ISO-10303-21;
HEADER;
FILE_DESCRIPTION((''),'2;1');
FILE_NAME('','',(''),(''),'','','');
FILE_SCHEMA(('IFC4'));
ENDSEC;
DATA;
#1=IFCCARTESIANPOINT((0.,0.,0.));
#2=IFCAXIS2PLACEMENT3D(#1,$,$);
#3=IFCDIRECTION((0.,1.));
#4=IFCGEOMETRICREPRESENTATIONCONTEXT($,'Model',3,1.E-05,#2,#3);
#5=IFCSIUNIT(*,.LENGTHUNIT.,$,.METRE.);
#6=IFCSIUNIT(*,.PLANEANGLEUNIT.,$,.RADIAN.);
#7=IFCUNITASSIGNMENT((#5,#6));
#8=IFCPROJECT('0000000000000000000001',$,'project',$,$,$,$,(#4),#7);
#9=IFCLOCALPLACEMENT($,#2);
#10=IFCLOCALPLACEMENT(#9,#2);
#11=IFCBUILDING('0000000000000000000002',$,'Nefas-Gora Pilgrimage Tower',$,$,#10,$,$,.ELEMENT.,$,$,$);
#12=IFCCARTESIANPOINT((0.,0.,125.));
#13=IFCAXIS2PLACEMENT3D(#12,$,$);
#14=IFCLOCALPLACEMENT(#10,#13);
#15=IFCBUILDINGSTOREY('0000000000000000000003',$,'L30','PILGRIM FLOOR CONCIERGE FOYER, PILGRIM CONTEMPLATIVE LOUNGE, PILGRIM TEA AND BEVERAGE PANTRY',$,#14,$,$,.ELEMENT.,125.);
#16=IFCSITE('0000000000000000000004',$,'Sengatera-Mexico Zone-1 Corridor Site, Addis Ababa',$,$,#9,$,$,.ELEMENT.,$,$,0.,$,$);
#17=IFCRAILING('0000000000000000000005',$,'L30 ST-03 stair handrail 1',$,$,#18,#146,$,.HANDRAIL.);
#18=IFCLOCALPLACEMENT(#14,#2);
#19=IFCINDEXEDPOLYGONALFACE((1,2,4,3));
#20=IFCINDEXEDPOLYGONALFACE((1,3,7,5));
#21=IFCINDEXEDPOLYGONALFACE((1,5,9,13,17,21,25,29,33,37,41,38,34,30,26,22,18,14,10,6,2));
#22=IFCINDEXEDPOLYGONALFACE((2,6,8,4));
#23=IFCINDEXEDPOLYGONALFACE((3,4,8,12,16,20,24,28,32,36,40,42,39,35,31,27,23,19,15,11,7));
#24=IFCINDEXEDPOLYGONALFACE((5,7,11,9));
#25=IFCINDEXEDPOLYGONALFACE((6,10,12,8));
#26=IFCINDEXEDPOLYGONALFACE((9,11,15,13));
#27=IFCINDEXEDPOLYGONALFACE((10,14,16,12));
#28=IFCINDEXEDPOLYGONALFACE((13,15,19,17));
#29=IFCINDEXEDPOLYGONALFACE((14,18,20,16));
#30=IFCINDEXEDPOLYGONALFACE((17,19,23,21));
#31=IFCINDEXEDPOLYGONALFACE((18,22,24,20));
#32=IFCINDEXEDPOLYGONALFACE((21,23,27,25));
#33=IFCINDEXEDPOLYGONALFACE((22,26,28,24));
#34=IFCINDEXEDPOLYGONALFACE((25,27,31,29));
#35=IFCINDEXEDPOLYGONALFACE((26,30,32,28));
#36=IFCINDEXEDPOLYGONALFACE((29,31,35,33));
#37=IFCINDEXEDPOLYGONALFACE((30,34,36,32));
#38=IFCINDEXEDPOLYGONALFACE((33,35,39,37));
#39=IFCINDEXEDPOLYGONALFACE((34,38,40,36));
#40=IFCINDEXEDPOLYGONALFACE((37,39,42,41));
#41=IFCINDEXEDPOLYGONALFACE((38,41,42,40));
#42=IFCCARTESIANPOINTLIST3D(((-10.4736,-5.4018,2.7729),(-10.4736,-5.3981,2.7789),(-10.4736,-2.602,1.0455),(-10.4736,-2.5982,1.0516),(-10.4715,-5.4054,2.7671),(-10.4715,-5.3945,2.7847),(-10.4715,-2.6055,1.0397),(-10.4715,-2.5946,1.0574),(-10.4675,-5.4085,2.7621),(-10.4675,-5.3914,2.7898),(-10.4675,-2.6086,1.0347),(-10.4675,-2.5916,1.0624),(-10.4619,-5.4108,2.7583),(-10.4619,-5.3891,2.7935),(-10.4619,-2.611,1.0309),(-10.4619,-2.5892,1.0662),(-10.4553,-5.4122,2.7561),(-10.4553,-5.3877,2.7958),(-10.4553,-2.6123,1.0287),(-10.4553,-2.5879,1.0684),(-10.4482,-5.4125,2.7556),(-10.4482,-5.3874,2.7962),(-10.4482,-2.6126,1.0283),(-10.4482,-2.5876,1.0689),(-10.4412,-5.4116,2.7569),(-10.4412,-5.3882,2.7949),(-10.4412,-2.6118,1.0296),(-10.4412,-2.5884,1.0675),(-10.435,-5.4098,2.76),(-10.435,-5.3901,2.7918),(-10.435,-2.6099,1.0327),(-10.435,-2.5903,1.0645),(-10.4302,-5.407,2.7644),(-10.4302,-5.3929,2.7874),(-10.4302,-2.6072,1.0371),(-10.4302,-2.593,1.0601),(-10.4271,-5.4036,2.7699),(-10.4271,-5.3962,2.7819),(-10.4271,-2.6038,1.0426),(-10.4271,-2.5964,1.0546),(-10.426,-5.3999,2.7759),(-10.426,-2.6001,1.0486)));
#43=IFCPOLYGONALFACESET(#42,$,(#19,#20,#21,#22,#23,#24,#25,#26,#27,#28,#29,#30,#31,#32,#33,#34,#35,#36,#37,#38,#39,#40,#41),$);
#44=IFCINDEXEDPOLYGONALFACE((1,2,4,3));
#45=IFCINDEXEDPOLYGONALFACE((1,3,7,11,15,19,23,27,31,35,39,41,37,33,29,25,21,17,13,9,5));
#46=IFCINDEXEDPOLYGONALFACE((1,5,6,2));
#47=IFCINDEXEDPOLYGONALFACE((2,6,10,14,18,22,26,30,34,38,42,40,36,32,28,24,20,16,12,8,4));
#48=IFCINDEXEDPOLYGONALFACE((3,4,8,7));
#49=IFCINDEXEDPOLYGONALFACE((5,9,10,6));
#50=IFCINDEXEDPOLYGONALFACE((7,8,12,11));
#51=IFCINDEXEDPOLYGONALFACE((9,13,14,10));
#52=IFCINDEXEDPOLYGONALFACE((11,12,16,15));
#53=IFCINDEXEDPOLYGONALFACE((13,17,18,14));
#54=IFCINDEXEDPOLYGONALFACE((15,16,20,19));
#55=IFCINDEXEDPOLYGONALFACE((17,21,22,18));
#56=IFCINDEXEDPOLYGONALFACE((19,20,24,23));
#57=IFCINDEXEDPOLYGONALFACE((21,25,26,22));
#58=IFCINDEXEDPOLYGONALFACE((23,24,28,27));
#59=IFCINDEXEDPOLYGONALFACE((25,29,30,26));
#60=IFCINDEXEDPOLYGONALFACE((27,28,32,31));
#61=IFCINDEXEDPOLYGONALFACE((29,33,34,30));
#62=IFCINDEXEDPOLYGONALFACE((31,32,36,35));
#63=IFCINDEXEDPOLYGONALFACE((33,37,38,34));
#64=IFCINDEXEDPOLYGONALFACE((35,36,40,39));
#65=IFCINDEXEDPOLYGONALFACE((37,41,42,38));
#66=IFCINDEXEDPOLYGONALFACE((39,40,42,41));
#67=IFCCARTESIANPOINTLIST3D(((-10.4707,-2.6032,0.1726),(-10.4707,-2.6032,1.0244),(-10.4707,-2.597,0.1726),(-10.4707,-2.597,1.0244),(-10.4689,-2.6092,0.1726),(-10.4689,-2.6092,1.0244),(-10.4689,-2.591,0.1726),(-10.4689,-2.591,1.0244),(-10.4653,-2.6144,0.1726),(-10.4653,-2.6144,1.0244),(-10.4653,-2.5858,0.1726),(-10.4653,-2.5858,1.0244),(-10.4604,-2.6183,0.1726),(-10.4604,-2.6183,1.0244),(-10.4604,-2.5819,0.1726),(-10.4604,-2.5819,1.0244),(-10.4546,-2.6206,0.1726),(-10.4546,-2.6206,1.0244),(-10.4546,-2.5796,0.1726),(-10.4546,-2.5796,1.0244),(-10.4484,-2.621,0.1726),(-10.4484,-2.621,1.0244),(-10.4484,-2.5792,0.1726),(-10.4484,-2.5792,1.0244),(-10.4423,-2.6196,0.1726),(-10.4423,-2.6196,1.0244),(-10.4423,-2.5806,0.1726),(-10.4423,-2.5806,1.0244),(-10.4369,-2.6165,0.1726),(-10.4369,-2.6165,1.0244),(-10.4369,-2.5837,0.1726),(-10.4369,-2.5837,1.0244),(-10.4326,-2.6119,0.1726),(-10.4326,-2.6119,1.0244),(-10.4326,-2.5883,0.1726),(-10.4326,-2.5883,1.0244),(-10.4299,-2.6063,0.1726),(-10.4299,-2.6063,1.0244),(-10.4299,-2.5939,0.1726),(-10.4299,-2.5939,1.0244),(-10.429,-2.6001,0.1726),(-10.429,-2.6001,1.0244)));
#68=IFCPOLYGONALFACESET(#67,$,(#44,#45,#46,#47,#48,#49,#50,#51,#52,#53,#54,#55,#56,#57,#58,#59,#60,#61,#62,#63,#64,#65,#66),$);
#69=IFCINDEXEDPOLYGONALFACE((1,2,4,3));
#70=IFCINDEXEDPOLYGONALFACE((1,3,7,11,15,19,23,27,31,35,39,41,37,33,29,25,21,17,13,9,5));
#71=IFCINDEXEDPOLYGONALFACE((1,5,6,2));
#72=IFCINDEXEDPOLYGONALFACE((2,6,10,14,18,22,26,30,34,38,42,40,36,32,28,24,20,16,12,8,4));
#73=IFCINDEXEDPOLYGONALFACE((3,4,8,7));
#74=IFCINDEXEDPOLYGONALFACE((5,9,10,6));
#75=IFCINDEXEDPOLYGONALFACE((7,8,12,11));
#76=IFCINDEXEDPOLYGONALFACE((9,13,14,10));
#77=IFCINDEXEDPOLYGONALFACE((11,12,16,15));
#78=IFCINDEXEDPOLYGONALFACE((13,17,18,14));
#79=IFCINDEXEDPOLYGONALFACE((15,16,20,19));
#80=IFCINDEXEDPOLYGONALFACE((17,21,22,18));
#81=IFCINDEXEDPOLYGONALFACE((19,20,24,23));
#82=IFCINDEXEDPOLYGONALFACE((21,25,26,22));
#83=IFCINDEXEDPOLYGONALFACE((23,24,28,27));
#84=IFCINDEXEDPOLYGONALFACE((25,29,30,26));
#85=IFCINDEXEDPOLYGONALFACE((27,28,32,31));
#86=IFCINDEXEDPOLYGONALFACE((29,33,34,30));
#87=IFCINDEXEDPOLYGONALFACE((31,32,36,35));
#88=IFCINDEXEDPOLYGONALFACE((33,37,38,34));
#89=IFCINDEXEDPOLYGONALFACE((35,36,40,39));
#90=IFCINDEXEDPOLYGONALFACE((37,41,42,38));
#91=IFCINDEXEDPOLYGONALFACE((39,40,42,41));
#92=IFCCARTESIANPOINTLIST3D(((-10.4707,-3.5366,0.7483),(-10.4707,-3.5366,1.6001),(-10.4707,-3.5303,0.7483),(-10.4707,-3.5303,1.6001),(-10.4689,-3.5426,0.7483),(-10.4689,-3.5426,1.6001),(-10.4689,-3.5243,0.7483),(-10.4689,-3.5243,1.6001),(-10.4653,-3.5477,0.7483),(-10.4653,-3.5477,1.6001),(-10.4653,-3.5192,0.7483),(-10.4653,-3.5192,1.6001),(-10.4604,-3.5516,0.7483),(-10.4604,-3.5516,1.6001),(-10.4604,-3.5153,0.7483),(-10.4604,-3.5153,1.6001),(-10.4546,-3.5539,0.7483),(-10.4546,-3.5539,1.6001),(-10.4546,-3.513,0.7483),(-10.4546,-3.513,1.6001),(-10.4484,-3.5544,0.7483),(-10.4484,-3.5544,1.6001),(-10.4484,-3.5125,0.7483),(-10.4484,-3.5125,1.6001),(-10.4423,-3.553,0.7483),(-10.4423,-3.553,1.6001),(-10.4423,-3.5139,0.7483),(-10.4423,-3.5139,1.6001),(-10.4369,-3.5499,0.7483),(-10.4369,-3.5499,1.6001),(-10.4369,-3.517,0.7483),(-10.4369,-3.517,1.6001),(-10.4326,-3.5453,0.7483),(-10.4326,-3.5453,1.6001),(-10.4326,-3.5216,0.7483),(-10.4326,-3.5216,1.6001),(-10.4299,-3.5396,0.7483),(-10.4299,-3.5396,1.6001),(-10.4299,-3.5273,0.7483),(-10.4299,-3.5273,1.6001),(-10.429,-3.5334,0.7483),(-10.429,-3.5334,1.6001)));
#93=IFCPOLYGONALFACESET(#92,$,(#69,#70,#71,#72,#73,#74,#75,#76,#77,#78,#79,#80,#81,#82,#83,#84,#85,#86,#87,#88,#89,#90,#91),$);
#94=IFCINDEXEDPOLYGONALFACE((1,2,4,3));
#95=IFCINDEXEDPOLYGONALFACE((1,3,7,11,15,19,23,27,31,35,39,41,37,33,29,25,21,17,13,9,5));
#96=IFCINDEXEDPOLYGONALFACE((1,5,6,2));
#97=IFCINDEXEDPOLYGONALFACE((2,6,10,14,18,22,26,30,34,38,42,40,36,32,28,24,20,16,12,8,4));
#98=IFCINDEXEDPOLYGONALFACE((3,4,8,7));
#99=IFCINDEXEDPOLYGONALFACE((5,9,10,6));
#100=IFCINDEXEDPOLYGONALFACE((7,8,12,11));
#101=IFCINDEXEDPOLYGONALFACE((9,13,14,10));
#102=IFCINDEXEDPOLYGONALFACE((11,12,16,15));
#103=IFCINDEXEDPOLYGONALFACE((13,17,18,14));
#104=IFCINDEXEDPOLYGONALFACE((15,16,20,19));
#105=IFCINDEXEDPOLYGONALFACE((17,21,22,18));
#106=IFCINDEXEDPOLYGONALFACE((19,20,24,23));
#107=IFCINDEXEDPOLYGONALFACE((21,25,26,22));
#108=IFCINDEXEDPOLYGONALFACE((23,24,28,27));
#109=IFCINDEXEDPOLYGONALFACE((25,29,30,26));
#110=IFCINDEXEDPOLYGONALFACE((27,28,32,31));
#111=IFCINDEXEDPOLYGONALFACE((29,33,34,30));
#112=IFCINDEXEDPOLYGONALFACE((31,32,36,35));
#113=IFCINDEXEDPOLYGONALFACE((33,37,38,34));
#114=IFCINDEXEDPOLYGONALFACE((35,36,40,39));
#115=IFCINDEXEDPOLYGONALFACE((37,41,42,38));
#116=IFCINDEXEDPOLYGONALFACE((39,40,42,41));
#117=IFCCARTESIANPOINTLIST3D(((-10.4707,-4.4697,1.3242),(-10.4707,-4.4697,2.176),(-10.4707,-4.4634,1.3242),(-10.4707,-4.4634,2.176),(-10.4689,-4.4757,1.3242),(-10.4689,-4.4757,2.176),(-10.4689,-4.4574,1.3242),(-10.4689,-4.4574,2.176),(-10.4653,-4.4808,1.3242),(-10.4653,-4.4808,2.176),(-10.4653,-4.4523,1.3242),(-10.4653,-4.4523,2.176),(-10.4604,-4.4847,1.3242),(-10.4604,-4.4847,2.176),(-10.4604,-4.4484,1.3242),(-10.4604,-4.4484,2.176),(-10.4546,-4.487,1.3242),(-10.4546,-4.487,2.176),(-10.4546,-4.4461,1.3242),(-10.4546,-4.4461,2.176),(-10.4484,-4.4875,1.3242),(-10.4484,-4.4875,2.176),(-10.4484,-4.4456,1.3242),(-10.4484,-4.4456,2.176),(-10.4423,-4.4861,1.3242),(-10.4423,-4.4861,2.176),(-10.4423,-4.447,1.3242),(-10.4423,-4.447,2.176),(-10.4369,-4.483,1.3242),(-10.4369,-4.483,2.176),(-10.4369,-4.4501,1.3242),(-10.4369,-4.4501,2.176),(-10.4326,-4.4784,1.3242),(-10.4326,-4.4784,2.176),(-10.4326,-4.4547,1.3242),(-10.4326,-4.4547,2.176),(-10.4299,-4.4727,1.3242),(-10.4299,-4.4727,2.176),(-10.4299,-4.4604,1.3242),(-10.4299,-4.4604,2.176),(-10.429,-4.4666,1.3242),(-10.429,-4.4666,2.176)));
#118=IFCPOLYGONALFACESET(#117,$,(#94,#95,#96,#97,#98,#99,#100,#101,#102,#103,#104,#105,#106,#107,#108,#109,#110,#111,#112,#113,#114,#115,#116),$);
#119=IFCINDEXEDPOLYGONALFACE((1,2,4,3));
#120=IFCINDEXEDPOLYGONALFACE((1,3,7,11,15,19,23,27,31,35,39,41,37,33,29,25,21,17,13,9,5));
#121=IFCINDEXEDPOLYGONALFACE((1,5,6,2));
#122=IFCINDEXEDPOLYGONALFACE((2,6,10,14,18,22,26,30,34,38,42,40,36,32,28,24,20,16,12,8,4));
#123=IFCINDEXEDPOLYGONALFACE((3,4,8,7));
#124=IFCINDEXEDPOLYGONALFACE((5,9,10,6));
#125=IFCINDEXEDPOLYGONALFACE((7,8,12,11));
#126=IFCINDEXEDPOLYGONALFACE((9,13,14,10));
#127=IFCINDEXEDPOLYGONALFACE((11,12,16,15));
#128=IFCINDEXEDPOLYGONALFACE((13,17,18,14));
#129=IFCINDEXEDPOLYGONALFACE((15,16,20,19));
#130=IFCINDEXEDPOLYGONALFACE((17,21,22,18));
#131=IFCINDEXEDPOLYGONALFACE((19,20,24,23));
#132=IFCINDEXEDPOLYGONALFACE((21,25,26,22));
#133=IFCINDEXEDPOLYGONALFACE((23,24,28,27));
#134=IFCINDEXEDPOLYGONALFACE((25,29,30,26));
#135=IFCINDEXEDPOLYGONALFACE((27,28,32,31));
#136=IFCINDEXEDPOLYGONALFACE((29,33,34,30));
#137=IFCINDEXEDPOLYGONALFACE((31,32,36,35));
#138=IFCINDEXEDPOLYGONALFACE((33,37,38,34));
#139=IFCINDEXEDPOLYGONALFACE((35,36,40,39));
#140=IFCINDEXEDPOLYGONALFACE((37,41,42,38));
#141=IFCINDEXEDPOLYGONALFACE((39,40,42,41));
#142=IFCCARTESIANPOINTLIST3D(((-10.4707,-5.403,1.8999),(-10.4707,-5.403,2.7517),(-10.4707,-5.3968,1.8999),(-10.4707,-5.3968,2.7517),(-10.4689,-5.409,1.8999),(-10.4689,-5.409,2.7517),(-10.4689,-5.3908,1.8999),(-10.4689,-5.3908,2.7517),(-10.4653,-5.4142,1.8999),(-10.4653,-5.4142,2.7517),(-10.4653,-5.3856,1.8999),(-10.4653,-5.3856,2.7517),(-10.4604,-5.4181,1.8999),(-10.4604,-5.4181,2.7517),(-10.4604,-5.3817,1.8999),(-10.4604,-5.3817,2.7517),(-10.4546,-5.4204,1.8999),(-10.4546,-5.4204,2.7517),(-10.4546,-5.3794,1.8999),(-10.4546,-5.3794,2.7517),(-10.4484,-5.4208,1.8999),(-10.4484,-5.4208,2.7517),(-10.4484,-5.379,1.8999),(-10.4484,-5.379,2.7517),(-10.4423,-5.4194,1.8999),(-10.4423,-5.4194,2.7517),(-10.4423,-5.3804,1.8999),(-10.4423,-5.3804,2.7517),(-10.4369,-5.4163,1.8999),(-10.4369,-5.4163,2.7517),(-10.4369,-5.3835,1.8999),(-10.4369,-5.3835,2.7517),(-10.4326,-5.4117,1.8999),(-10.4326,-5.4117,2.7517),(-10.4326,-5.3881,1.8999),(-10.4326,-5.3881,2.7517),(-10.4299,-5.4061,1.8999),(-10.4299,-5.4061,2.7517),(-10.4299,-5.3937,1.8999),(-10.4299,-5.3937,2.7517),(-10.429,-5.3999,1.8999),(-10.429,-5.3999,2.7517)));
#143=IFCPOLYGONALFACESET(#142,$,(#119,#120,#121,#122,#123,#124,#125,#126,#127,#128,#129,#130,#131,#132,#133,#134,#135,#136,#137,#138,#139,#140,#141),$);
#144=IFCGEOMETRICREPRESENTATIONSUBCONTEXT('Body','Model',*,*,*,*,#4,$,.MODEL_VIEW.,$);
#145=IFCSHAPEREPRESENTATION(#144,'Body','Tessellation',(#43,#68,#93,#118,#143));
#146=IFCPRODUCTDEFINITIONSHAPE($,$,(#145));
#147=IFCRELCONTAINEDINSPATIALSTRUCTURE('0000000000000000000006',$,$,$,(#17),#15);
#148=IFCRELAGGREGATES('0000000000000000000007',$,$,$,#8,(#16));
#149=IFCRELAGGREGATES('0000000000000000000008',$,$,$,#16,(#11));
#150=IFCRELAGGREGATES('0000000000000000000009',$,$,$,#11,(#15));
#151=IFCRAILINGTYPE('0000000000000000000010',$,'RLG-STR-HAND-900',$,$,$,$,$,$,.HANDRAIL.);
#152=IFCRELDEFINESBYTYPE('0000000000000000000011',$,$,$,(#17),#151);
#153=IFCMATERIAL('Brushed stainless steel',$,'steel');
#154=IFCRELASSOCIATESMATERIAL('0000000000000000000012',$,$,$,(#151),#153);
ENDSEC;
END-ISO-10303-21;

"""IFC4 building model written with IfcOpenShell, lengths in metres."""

from ifc_helpers import new_model, si_unit, direction, frame, origin, origin_2d, place, context, subcontext, project, spatial, circle, extrude, material, type_object, element, save


model = new_model("IFC4")

# Units and contexts
model_context = context("Model", 3, precision=1e-05, world=origin(), true_north=direction((0.0, 1.0)))
body_context = subcontext(model_context, "Body", "Model", "MODEL_VIEW")
ifc_project = project(units=[si_unit("LENGTHUNIT", "METRE"), si_unit("PLANEANGLEUNIT", "RADIAN")], contexts=[model_context])

# Site, building, storey
site_placement = place(None, origin())
site = spatial("IfcSite", under=ifc_project, at=site_placement, Name="Sengatera-Mexico Zone-1 Corridor Site, Addis Ababa", CompositionType="ELEMENT", RefElevation=0.0)
building_placement = place(site_placement, origin())
building = spatial("IfcBuilding", under=site, at=building_placement, Name="Nefas-Gora Pilgrimage Tower", CompositionType="ELEMENT")
storey_placement = place(building_placement, frame((0.0, 0.0, 125.0)))
storey = spatial("IfcBuildingStorey", under=building, at=storey_placement, Name="L30", Description="PILGRIM FLOOR CONCIERGE FOYER, PILGRIM CONTEMPLATIVE LOUNGE, PILGRIM TEA AND BEVERAGE PANTRY", CompositionType="ELEMENT", Elevation=125.0)

# Railing
ifc_material_1 = material(Name="Brushed stainless steel", Category="steel")
railing_type_1 = type_object("IfcRailingType", Name="RLG-STR-HAND-900", PredefinedType="HANDRAIL", material=ifc_material_1)
railing_1_placement = place(storey_placement, frame((-10.45, -2.6001, 0.1726)))
element("IfcRailing", 1, at=railing_1_placement, inside=storey, type_object=railing_type_1, Name="L30 ST-03 stair handrail 1", PredefinedType="HANDRAIL", context=body_context, shape_type="SweptSolid", body=[
    extrude(circle(Radius=0.0239, at=origin_2d()), frame((0.0, 0.0, 0.876), z_axis=(0.0, -0.851069, 0.525054), x_axis=(1.0, 0.0, 0.0)), (0.0, 0.0, 1.0), 3.2898),
    extrude(circle(Radius=0.021, at=origin_2d()), origin(), (0.0, 0.0, 1.0), 0.8518),
    extrude(circle(Radius=0.021, at=origin_2d()), frame((0.0, -0.9333, 0.5757)), (0.0, 0.0, 1.0), 0.8518),
    extrude(circle(Radius=0.021, at=origin_2d()), frame((0.0, -1.8665, 1.1516)), (0.0, 0.0, 1.0), 0.8518),
    extrude(circle(Radius=0.021, at=origin_2d()), frame((0.0, -2.7998, 1.7273)), (0.0, 0.0, 1.0), 0.8518),
])

save(model, "model.ifc")
